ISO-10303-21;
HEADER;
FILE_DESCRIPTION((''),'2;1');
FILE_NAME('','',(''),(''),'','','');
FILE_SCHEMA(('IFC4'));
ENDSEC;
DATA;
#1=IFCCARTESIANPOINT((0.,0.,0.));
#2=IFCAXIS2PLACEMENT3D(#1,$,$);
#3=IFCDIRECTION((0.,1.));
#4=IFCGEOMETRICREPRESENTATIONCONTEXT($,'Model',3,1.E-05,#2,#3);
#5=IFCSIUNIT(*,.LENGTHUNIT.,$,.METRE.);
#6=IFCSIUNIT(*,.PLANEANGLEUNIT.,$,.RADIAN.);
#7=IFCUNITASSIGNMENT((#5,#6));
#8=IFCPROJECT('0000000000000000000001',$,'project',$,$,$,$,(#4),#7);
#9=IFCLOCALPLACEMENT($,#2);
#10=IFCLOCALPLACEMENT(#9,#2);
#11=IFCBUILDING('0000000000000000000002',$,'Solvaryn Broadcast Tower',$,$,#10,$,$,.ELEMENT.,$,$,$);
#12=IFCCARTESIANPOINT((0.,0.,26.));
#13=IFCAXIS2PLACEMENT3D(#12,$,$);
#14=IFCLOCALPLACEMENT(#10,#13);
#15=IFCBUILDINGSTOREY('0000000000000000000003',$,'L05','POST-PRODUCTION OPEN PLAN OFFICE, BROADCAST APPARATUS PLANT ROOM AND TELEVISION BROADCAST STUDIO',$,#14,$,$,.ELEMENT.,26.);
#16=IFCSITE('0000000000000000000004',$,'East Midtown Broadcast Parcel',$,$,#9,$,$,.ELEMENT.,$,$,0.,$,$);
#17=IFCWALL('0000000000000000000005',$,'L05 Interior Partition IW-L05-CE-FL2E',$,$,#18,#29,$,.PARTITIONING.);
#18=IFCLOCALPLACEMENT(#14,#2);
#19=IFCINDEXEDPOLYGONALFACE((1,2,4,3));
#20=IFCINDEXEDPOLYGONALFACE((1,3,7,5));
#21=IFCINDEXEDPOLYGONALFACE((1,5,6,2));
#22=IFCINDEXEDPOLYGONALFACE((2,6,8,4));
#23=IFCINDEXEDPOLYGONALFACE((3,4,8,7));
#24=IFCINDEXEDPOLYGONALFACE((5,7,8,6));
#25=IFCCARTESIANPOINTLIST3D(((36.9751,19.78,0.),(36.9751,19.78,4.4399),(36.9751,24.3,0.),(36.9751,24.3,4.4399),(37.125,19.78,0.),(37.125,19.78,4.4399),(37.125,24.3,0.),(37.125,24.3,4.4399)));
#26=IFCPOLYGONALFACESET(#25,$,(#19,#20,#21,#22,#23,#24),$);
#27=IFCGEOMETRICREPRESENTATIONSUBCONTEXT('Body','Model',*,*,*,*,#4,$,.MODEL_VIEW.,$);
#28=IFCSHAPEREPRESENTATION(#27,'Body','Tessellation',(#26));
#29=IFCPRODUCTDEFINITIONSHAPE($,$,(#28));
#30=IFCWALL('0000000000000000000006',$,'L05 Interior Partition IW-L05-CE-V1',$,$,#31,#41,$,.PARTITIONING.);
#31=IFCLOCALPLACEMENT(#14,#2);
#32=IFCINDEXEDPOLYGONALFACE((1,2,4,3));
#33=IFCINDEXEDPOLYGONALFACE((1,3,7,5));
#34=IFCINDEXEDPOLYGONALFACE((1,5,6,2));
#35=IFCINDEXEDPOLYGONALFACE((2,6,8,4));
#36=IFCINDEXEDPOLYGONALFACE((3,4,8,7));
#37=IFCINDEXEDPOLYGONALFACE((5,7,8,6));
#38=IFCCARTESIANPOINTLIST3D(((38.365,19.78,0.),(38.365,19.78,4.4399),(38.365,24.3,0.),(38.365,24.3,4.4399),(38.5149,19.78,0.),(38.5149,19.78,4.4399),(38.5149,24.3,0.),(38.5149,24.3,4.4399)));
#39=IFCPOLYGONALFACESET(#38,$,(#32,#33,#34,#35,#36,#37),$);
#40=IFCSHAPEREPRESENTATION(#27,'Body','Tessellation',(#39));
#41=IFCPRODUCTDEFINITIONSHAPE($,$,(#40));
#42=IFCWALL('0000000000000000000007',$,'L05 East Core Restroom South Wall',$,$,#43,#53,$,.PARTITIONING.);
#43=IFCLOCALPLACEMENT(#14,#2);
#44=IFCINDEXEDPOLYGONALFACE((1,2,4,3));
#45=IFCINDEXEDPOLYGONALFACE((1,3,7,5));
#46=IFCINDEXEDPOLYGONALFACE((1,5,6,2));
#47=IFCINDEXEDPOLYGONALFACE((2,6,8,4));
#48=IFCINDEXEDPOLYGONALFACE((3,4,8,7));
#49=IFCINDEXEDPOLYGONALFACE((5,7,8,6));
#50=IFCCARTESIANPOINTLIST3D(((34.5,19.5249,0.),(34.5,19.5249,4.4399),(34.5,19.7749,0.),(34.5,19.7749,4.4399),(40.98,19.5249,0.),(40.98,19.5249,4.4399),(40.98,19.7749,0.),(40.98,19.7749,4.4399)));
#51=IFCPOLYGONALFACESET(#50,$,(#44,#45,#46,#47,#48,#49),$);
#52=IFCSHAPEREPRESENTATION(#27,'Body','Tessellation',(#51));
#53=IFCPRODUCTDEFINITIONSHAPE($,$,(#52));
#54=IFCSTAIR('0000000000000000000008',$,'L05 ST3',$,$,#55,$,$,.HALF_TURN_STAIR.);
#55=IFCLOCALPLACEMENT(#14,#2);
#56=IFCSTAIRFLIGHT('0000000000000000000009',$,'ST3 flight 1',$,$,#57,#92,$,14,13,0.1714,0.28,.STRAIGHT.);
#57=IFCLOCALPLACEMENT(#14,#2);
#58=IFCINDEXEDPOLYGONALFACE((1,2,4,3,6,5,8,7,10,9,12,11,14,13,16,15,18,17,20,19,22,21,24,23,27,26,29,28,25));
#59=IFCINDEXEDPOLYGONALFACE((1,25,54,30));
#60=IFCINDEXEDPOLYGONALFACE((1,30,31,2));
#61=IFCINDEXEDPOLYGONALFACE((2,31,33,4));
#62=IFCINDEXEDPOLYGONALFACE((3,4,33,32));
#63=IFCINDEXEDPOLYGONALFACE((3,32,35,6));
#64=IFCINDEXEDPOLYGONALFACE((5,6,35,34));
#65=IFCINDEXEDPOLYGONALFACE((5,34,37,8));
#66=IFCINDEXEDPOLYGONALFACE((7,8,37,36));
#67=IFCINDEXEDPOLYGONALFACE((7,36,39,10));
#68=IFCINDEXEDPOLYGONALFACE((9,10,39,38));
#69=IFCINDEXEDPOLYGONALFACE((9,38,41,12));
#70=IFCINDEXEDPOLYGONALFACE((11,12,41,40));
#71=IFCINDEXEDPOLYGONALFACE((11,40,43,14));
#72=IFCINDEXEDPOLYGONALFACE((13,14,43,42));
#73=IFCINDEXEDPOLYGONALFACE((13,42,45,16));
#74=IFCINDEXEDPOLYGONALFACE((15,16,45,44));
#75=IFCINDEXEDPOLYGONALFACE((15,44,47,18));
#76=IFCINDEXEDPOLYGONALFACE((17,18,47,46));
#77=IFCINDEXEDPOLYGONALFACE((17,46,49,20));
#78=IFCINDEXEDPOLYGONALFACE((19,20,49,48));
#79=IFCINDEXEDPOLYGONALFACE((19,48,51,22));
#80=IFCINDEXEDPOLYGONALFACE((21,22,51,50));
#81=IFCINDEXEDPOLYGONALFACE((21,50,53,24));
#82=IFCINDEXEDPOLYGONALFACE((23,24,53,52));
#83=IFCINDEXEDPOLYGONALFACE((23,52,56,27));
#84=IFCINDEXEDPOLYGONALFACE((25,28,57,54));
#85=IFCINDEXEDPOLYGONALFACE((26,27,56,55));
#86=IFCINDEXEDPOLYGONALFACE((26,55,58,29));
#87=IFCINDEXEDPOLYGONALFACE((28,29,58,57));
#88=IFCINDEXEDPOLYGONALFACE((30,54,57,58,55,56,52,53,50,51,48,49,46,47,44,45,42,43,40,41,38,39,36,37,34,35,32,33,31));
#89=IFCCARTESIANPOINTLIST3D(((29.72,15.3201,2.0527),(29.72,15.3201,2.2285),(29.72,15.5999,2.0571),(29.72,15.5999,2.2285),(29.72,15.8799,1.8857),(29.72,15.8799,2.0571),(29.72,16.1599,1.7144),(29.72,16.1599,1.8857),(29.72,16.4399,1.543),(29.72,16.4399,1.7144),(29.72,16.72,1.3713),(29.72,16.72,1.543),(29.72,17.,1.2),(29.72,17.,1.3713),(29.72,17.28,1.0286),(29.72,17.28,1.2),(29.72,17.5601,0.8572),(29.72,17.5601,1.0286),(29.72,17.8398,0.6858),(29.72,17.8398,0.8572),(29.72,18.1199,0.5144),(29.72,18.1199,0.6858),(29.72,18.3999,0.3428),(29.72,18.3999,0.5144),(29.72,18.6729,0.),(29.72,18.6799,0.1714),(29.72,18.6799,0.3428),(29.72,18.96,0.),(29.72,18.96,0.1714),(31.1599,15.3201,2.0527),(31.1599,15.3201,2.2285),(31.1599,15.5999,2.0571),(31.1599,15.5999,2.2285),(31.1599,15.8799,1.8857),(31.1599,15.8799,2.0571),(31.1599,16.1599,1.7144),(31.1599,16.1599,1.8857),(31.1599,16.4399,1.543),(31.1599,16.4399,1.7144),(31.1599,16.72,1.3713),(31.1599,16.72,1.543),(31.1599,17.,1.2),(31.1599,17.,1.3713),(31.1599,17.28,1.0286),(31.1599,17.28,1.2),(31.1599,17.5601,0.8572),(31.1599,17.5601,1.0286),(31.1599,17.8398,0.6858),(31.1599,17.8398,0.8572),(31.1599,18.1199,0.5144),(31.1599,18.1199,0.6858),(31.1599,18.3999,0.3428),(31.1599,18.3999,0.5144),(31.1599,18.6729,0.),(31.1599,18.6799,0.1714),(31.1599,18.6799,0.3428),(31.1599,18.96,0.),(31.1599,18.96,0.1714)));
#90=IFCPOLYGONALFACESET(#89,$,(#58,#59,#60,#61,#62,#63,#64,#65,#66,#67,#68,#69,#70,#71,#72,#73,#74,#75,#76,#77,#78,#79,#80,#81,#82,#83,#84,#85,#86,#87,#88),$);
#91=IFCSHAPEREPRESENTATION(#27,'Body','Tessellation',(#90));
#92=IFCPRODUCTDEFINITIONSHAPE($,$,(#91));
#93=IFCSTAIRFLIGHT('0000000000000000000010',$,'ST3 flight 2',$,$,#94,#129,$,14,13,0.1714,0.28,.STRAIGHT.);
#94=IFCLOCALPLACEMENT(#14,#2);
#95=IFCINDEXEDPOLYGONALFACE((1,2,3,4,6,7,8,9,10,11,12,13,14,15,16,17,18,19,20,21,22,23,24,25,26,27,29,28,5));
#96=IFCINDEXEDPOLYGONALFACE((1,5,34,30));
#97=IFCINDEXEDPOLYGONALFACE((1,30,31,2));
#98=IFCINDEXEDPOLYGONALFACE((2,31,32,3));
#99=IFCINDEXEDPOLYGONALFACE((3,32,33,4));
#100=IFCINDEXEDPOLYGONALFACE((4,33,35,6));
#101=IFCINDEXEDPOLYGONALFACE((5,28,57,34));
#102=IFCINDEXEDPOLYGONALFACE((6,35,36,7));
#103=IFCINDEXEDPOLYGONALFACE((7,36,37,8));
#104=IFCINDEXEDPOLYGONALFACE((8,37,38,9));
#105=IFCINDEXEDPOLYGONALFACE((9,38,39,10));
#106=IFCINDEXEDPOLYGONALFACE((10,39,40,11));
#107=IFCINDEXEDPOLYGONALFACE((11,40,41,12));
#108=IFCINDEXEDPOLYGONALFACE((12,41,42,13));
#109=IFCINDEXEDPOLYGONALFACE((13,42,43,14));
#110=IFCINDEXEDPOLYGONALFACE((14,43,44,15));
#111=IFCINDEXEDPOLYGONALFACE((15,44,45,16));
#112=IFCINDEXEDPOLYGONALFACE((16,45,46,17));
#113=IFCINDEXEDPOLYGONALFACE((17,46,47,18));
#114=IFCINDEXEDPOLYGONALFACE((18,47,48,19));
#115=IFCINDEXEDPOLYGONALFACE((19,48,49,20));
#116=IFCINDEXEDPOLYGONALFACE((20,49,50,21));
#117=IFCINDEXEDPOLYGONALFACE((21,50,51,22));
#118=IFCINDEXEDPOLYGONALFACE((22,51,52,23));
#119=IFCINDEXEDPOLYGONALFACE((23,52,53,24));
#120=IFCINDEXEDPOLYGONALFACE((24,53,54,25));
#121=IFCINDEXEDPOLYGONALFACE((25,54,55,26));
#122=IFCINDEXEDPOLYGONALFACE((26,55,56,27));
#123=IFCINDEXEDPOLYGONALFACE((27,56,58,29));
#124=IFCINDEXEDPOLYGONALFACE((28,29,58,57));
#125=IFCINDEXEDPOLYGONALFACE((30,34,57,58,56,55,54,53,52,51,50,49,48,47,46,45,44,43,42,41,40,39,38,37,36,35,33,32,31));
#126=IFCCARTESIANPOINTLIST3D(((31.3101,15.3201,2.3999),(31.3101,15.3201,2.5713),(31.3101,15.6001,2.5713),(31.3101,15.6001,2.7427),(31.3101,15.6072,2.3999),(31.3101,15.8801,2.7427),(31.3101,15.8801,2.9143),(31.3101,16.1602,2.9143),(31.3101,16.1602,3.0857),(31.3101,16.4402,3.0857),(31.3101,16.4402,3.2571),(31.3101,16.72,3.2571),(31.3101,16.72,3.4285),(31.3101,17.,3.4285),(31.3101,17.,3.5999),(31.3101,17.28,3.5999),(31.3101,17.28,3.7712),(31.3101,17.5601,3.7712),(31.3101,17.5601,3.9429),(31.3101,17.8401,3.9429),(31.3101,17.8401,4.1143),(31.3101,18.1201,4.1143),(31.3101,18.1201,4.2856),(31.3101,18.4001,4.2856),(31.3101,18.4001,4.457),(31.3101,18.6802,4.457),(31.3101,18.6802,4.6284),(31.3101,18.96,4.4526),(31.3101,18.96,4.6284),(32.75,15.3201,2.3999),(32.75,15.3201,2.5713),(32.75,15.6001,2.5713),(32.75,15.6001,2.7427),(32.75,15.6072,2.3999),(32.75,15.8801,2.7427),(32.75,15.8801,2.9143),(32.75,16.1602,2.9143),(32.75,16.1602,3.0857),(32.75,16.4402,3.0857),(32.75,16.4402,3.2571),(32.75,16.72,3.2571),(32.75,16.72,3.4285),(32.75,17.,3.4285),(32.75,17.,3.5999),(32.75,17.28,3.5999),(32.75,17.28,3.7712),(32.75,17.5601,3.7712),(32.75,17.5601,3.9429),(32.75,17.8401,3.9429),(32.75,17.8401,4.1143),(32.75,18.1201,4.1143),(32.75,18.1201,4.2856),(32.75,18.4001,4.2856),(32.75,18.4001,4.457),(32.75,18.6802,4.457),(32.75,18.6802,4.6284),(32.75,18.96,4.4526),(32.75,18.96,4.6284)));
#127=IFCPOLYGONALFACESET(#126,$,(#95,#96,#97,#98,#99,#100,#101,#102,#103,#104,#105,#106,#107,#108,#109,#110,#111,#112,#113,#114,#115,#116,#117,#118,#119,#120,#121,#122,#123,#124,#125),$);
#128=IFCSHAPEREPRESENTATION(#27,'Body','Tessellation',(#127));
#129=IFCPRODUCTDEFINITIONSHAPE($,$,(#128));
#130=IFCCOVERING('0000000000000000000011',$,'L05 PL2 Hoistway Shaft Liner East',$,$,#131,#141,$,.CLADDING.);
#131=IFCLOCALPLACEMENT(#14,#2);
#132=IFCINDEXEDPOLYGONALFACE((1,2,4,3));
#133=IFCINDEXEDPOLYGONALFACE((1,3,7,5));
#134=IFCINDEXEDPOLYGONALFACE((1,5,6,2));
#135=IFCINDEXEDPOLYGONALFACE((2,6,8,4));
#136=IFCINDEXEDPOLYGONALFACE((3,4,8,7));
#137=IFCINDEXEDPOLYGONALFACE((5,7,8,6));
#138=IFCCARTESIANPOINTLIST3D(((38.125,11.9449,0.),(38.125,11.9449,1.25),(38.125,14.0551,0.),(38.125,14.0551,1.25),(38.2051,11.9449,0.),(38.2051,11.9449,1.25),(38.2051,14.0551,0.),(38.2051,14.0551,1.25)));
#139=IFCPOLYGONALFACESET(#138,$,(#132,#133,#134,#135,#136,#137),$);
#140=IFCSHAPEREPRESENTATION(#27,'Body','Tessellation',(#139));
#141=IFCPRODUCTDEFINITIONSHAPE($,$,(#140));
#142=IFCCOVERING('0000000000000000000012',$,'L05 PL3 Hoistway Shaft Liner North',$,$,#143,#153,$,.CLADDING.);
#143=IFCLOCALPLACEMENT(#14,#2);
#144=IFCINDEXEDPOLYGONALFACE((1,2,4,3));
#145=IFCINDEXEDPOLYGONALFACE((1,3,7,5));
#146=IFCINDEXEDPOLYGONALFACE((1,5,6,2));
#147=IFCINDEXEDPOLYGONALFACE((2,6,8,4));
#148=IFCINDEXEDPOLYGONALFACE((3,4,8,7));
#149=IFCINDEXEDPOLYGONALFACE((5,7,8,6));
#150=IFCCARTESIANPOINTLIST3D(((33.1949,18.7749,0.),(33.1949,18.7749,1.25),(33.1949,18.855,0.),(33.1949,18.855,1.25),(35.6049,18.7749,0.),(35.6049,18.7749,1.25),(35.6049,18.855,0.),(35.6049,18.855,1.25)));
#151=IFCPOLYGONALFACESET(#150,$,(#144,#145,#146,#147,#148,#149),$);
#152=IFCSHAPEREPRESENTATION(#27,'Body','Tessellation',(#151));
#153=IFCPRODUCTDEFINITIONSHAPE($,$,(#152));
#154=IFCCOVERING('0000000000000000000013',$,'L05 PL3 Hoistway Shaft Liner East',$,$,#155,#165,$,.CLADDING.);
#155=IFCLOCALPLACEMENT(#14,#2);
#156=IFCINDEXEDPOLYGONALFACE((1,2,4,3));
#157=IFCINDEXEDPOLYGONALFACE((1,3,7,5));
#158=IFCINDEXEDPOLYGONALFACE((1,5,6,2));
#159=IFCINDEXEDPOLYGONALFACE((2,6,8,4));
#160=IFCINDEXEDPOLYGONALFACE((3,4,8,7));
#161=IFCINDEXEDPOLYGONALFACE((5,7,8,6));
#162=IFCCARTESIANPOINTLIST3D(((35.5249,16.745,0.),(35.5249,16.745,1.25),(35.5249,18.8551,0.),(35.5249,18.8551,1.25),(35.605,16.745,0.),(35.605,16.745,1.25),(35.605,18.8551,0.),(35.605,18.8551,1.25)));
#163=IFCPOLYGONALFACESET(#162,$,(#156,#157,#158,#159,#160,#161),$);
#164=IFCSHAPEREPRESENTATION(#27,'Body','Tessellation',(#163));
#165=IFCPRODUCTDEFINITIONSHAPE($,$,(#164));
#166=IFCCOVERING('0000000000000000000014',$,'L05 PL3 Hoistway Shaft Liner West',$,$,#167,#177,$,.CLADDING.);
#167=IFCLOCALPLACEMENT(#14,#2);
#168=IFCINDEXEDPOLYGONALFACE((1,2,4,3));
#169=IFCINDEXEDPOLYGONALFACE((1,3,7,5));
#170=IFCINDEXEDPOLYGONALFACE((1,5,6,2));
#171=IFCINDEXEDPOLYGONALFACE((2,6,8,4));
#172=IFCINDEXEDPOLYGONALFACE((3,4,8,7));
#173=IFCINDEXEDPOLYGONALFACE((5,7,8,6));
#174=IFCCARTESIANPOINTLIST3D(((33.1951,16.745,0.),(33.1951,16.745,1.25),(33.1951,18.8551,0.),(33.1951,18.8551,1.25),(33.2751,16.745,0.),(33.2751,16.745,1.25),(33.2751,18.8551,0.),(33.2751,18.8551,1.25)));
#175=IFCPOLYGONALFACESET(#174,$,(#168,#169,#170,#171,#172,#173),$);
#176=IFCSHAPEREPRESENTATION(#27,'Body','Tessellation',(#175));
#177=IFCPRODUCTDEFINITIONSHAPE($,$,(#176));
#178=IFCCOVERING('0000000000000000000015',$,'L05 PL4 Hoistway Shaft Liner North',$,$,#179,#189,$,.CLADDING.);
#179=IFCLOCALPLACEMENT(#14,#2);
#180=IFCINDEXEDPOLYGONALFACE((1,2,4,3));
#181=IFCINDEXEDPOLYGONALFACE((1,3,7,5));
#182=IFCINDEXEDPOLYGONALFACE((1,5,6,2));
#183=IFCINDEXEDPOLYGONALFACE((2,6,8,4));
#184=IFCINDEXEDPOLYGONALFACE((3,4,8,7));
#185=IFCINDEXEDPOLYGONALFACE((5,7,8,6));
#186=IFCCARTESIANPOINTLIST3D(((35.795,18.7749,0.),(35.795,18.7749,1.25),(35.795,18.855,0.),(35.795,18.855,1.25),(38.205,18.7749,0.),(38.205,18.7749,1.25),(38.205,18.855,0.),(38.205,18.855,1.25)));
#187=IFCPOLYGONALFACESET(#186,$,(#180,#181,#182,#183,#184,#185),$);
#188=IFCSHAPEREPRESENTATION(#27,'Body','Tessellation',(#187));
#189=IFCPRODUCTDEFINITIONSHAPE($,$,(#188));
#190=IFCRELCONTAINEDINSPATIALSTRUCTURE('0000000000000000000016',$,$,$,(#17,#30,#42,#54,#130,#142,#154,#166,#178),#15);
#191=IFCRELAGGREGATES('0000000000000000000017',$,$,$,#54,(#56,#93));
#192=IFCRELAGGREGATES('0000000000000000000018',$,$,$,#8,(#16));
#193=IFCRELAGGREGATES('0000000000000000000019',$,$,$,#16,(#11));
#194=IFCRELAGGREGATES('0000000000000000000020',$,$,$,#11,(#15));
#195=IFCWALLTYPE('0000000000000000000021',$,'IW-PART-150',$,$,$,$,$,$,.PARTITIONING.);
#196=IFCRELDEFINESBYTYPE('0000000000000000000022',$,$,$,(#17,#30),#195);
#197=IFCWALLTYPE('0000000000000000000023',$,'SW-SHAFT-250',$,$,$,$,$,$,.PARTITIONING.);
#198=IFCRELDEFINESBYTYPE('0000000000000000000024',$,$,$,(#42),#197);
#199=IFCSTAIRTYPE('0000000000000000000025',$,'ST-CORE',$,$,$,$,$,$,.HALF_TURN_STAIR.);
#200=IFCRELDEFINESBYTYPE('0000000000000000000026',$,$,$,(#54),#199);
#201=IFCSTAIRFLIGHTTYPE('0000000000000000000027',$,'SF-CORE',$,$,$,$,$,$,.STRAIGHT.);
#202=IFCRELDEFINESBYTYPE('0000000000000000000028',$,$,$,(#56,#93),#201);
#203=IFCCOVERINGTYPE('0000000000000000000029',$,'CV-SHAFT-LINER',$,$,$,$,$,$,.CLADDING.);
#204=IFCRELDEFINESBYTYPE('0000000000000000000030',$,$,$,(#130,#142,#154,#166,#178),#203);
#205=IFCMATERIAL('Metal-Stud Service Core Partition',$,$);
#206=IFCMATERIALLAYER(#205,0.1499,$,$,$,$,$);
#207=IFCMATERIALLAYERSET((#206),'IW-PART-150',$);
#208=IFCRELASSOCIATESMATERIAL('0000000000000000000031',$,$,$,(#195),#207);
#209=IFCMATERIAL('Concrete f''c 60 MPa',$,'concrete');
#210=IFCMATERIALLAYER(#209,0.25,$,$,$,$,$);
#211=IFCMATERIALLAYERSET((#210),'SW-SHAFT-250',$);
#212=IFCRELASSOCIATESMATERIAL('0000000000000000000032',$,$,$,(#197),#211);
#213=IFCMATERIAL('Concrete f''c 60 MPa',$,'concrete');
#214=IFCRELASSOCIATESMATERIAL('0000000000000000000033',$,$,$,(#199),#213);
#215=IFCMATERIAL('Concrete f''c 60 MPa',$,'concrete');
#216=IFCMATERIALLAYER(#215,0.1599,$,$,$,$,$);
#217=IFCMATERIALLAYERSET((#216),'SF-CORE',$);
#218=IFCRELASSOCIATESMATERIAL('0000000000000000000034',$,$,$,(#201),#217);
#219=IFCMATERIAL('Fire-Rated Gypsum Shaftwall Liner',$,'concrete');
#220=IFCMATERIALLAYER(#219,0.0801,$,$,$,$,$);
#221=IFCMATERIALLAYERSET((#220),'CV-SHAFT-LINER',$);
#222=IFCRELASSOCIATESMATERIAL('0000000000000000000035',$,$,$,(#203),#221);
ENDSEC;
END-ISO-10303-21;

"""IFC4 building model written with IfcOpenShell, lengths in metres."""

from ifc_helpers import new_model, si_unit, direction, frame, frame_2d, origin, origin_2d, place, context, subcontext, project, spatial, polyline, rectangle, outline, extrude, material, layer, layer_set, type_object, element, aggregate, save


model = new_model("IFC4")

# Units and contexts
model_context = context("Model", 3, precision=1e-05, world=origin(), true_north=direction((0.0, 1.0)))
body_context = subcontext(model_context, "Body", "Model", "MODEL_VIEW")
ifc_project = project(units=[si_unit("LENGTHUNIT", "METRE"), si_unit("PLANEANGLEUNIT", "RADIAN")], contexts=[model_context])

# Site, building, storey
site_placement = place(None, origin())
site = spatial("IfcSite", under=ifc_project, at=site_placement, Name="East Midtown Broadcast Parcel", CompositionType="ELEMENT", RefElevation=0.0)
building_placement = place(site_placement, origin())
building = spatial("IfcBuilding", under=site, at=building_placement, Name="Solvaryn Broadcast Tower", CompositionType="ELEMENT")
storey_placement = place(building_placement, frame((0.0, 0.0, 26.0)))
storey = spatial("IfcBuildingStorey", under=building, at=storey_placement, Name="L05", Description="POST-PRODUCTION OPEN PLAN OFFICE, BROADCAST APPARATUS PLANT ROOM AND TELEVISION BROADCAST STUDIO", CompositionType="ELEMENT", Elevation=26.0)

# Walls
ifc_material_1 = material(Name="Metal-Stud Service Core Partition")
ifc_layer_1 = layer(ifc_material_1, 0.1499)
ifc_layer_set_1 = layer_set([ifc_layer_1], Name="IW-PART-150")
wall_type_1 = type_object("IfcWallType", Name="IW-PART-150", PredefinedType="PARTITIONING", material=ifc_layer_set_1)
for number, where, z_axis, x_axis, name in (
    (1, (37.05, 19.78, 0.0), (0.0, 0.0, 1.0), (0.0, 1.0, 0.0), "L05 Interior Partition IW-L05-CE-FL2E"),
    (2, (38.4399, 19.78, 0.0), (0.0, 0.0, 1.0), (0.0, 1.0, 0.0), "L05 Interior Partition IW-L05-CE-V1"),
):
    element("IfcWall", number, at=place(storey_placement, frame(where, z_axis=z_axis, x_axis=x_axis)), inside=storey, type_object=wall_type_1, Name=name, PredefinedType="PARTITIONING", context=body_context, shape_type="SweptSolid", body=[
        extrude(rectangle(XDim=4.52, YDim=0.1499, at=frame_2d((2.26, 0.0))), origin(), (0.0, 0.0, 1.0), 4.4399),
    ])
ifc_material_2 = material(Name="Concrete f'c 60 MPa", Category="concrete")
ifc_layer_2 = layer(ifc_material_2, 0.25)
ifc_layer_set_2 = layer_set([ifc_layer_2], Name="SW-SHAFT-250")
wall_type_2 = type_object("IfcWallType", Name="SW-SHAFT-250", PredefinedType="PARTITIONING", material=ifc_layer_set_2)
wall_1_placement = place(storey_placement, frame((34.5, 19.6499, 0.0), z_axis=(0.0, 0.0, 1.0), x_axis=(1.0, 0.0, 0.0)))
element("IfcWall", 3, at=wall_1_placement, inside=storey, type_object=wall_type_2, Name="L05 East Core Restroom South Wall", PredefinedType="PARTITIONING", context=body_context, shape_type="SweptSolid", body=[
    extrude(rectangle(XDim=6.48, YDim=0.25, at=frame_2d((3.24, 0.0))), origin(), (0.0, 0.0, 1.0), 4.4399),
])

# Stair, stair flights
ifc_material_3 = material(Name="Concrete f'c 60 MPa", Category="concrete")
stair_type = type_object("IfcStairType", Name="ST-CORE", PredefinedType="HALF_TURN_STAIR", material=ifc_material_3)
stair_placement = place(storey_placement, origin())
stair = element("IfcStair", 4, at=stair_placement, inside=storey, type_object=stair_type, Name="L05 ST3", PredefinedType="HALF_TURN_STAIR")
ifc_material_4 = material(Name="Concrete f'c 60 MPa", Category="concrete")
ifc_layer_3 = layer(ifc_material_4, 0.1599)
ifc_layer_set_3 = layer_set([ifc_layer_3], Name="SF-CORE")
stair_flight_type = type_object("IfcStairFlightType", Name="SF-CORE", PredefinedType="STRAIGHT", material=ifc_layer_set_3)
stair_flight_1_placement = place(storey_placement, frame((30.4399, 18.96, 0.0), z_axis=(0.0, 0.0, 1.0), x_axis=(0.0, -1.0, 0.0)))
stair_flight_1 = element("IfcStairFlight", 5, at=stair_flight_1_placement, type_object=stair_flight_type, Name="ST3 flight 1", NumberOfRisers=14, NumberOfTreads=13, PredefinedType="STRAIGHT", RiserHeight=0.1714, TreadLength=0.28, context=body_context, shape_type="SweptSolid", body=[
    extrude(outline(polyline([(0.0, 0.0), (0.0, 0.1714), (0.28, 0.1714), (0.28, 0.3428), (0.5601, 0.3428), (0.5601, 0.5144), (0.8401, 0.5144), (0.8401, 0.6858), (1.1201, 0.6858), (1.1201, 0.8572), (1.3999, 0.8572), (1.3999, 1.0286), (1.6799, 1.0286), (1.6799, 1.2), (1.96, 1.2), (1.96, 1.3713), (2.24, 1.3713), (2.24, 1.543), (2.52, 1.543), (2.52, 1.7144), (2.8, 1.7144), (2.8, 1.8857), (3.0801, 1.8857), (3.0801, 2.0571), (3.3601, 2.0571), (3.3601, 2.2285), (3.6399, 2.2285), (3.6399, 2.3999), (3.6399, 2.0527), (0.2871, 0.0), (0.0, 0.0)])), frame((0.0, 0.72, 0.0), z_axis=(0.0, -1.0, 0.0), x_axis=(1.0, 0.0, 0.0)), (0.0, 0.0, 1.0), 1.4399),
])
stair_flight_2_placement = place(storey_placement, frame((32.03, 15.3201, 2.3999), z_axis=(0.0, 0.0, 1.0), x_axis=(0.0, 1.0, 0.0)))
stair_flight_2 = element("IfcStairFlight", 6, at=stair_flight_2_placement, type_object=stair_flight_type, Name="ST3 flight 2", NumberOfRisers=14, NumberOfTreads=13, PredefinedType="STRAIGHT", RiserHeight=0.1714, TreadLength=0.28, context=body_context, shape_type="SweptSolid", body=[
    extrude(outline(polyline([(0.0, 0.0), (0.0, 0.1714), (0.28, 0.1714), (0.28, 0.3428), (0.5601, 0.3428), (0.5601, 0.5144), (0.8401, 0.5144), (0.8401, 0.6858), (1.1201, 0.6858), (1.1201, 0.8572), (1.3999, 0.8572), (1.3999, 1.0286), (1.6799, 1.0286), (1.6799, 1.2), (1.96, 1.2), (1.96, 1.3713), (2.24, 1.3713), (2.24, 1.543), (2.52, 1.543), (2.52, 1.7144), (2.8, 1.7144), (2.8, 1.8857), (3.0801, 1.8857), (3.0801, 2.0571), (3.3601, 2.0571), (3.3601, 2.2285), (3.6399, 2.2285), (3.6399, 2.3999), (3.6399, 2.0527), (0.2871, 0.0), (0.0, 0.0)])), frame((0.0, 0.72, 0.0), z_axis=(0.0, -1.0, 0.0), x_axis=(1.0, 0.0, 0.0)), (0.0, 0.0, 1.0), 1.4399),
])
aggregate(stair, [stair_flight_1, stair_flight_2])

# Coverings
ifc_material_5 = material(Name="Fire-Rated Gypsum Shaftwall Liner", Category="concrete")
ifc_layer_4 = layer(ifc_material_5, 0.0801)
ifc_layer_set_4 = layer_set([ifc_layer_4], Name="CV-SHAFT-LINER")
covering_type = type_object("IfcCoveringType", Name="CV-SHAFT-LINER", PredefinedType="CLADDING", material=ifc_layer_set_4)
covering_1_placement = place(storey_placement, frame((38.165, 13.0, 0.0), z_axis=(0.0, 0.0, 1.0), x_axis=(1.0, 0.0, 0.0)))
element("IfcCovering", 7, at=covering_1_placement, inside=storey, type_object=covering_type, Name="L05 PL2 Hoistway Shaft Liner East", PredefinedType="CLADDING", context=body_context, shape_type="SweptSolid", body=[
    extrude(rectangle(XDim=0.0801, YDim=2.1101, at=origin_2d()), origin(), (0.0, 0.0, 1.0), 1.25),
])
covering_2_placement = place(storey_placement, frame((34.3999, 18.8149, 0.0), z_axis=(0.0, 0.0, 1.0), x_axis=(1.0, 0.0, 0.0)))
element("IfcCovering", 8, at=covering_2_placement, inside=storey, type_object=covering_type, Name="L05 PL3 Hoistway Shaft Liner North", PredefinedType="CLADDING", context=body_context, shape_type="SweptSolid", body=[
    extrude(rectangle(XDim=2.4099, YDim=0.0801, at=origin_2d()), origin(), (0.0, 0.0, 1.0), 1.25),
])
for number, where, z_axis, x_axis, name in (
    (9, (35.5649, 17.8, 0.0), (0.0, 0.0, 1.0), (1.0, 0.0, 0.0), "L05 PL3 Hoistway Shaft Liner East"),
    (10, (33.2351, 17.8, 0.0), (0.0, 0.0, 1.0), (1.0, 0.0, 0.0), "L05 PL3 Hoistway Shaft Liner West"),
):
    element("IfcCovering", number, at=place(storey_placement, frame(where, z_axis=z_axis, x_axis=x_axis)), inside=storey, type_object=covering_type, Name=name, PredefinedType="CLADDING", context=body_context, shape_type="SweptSolid", body=[
        extrude(rectangle(XDim=0.0801, YDim=2.1101, at=origin_2d()), origin(), (0.0, 0.0, 1.0), 1.25),
    ])
covering_3_placement = place(storey_placement, frame((37.0, 18.8149, 0.0), z_axis=(0.0, 0.0, 1.0), x_axis=(1.0, 0.0, 0.0)))
element("IfcCovering", 11, at=covering_3_placement, inside=storey, type_object=covering_type, Name="L05 PL4 Hoistway Shaft Liner North", PredefinedType="CLADDING", context=body_context, shape_type="SweptSolid", body=[
    extrude(rectangle(XDim=2.4099, YDim=0.0801, at=origin_2d()), origin(), (0.0, 0.0, 1.0), 1.25),
])

save(model, "model.ifc")
